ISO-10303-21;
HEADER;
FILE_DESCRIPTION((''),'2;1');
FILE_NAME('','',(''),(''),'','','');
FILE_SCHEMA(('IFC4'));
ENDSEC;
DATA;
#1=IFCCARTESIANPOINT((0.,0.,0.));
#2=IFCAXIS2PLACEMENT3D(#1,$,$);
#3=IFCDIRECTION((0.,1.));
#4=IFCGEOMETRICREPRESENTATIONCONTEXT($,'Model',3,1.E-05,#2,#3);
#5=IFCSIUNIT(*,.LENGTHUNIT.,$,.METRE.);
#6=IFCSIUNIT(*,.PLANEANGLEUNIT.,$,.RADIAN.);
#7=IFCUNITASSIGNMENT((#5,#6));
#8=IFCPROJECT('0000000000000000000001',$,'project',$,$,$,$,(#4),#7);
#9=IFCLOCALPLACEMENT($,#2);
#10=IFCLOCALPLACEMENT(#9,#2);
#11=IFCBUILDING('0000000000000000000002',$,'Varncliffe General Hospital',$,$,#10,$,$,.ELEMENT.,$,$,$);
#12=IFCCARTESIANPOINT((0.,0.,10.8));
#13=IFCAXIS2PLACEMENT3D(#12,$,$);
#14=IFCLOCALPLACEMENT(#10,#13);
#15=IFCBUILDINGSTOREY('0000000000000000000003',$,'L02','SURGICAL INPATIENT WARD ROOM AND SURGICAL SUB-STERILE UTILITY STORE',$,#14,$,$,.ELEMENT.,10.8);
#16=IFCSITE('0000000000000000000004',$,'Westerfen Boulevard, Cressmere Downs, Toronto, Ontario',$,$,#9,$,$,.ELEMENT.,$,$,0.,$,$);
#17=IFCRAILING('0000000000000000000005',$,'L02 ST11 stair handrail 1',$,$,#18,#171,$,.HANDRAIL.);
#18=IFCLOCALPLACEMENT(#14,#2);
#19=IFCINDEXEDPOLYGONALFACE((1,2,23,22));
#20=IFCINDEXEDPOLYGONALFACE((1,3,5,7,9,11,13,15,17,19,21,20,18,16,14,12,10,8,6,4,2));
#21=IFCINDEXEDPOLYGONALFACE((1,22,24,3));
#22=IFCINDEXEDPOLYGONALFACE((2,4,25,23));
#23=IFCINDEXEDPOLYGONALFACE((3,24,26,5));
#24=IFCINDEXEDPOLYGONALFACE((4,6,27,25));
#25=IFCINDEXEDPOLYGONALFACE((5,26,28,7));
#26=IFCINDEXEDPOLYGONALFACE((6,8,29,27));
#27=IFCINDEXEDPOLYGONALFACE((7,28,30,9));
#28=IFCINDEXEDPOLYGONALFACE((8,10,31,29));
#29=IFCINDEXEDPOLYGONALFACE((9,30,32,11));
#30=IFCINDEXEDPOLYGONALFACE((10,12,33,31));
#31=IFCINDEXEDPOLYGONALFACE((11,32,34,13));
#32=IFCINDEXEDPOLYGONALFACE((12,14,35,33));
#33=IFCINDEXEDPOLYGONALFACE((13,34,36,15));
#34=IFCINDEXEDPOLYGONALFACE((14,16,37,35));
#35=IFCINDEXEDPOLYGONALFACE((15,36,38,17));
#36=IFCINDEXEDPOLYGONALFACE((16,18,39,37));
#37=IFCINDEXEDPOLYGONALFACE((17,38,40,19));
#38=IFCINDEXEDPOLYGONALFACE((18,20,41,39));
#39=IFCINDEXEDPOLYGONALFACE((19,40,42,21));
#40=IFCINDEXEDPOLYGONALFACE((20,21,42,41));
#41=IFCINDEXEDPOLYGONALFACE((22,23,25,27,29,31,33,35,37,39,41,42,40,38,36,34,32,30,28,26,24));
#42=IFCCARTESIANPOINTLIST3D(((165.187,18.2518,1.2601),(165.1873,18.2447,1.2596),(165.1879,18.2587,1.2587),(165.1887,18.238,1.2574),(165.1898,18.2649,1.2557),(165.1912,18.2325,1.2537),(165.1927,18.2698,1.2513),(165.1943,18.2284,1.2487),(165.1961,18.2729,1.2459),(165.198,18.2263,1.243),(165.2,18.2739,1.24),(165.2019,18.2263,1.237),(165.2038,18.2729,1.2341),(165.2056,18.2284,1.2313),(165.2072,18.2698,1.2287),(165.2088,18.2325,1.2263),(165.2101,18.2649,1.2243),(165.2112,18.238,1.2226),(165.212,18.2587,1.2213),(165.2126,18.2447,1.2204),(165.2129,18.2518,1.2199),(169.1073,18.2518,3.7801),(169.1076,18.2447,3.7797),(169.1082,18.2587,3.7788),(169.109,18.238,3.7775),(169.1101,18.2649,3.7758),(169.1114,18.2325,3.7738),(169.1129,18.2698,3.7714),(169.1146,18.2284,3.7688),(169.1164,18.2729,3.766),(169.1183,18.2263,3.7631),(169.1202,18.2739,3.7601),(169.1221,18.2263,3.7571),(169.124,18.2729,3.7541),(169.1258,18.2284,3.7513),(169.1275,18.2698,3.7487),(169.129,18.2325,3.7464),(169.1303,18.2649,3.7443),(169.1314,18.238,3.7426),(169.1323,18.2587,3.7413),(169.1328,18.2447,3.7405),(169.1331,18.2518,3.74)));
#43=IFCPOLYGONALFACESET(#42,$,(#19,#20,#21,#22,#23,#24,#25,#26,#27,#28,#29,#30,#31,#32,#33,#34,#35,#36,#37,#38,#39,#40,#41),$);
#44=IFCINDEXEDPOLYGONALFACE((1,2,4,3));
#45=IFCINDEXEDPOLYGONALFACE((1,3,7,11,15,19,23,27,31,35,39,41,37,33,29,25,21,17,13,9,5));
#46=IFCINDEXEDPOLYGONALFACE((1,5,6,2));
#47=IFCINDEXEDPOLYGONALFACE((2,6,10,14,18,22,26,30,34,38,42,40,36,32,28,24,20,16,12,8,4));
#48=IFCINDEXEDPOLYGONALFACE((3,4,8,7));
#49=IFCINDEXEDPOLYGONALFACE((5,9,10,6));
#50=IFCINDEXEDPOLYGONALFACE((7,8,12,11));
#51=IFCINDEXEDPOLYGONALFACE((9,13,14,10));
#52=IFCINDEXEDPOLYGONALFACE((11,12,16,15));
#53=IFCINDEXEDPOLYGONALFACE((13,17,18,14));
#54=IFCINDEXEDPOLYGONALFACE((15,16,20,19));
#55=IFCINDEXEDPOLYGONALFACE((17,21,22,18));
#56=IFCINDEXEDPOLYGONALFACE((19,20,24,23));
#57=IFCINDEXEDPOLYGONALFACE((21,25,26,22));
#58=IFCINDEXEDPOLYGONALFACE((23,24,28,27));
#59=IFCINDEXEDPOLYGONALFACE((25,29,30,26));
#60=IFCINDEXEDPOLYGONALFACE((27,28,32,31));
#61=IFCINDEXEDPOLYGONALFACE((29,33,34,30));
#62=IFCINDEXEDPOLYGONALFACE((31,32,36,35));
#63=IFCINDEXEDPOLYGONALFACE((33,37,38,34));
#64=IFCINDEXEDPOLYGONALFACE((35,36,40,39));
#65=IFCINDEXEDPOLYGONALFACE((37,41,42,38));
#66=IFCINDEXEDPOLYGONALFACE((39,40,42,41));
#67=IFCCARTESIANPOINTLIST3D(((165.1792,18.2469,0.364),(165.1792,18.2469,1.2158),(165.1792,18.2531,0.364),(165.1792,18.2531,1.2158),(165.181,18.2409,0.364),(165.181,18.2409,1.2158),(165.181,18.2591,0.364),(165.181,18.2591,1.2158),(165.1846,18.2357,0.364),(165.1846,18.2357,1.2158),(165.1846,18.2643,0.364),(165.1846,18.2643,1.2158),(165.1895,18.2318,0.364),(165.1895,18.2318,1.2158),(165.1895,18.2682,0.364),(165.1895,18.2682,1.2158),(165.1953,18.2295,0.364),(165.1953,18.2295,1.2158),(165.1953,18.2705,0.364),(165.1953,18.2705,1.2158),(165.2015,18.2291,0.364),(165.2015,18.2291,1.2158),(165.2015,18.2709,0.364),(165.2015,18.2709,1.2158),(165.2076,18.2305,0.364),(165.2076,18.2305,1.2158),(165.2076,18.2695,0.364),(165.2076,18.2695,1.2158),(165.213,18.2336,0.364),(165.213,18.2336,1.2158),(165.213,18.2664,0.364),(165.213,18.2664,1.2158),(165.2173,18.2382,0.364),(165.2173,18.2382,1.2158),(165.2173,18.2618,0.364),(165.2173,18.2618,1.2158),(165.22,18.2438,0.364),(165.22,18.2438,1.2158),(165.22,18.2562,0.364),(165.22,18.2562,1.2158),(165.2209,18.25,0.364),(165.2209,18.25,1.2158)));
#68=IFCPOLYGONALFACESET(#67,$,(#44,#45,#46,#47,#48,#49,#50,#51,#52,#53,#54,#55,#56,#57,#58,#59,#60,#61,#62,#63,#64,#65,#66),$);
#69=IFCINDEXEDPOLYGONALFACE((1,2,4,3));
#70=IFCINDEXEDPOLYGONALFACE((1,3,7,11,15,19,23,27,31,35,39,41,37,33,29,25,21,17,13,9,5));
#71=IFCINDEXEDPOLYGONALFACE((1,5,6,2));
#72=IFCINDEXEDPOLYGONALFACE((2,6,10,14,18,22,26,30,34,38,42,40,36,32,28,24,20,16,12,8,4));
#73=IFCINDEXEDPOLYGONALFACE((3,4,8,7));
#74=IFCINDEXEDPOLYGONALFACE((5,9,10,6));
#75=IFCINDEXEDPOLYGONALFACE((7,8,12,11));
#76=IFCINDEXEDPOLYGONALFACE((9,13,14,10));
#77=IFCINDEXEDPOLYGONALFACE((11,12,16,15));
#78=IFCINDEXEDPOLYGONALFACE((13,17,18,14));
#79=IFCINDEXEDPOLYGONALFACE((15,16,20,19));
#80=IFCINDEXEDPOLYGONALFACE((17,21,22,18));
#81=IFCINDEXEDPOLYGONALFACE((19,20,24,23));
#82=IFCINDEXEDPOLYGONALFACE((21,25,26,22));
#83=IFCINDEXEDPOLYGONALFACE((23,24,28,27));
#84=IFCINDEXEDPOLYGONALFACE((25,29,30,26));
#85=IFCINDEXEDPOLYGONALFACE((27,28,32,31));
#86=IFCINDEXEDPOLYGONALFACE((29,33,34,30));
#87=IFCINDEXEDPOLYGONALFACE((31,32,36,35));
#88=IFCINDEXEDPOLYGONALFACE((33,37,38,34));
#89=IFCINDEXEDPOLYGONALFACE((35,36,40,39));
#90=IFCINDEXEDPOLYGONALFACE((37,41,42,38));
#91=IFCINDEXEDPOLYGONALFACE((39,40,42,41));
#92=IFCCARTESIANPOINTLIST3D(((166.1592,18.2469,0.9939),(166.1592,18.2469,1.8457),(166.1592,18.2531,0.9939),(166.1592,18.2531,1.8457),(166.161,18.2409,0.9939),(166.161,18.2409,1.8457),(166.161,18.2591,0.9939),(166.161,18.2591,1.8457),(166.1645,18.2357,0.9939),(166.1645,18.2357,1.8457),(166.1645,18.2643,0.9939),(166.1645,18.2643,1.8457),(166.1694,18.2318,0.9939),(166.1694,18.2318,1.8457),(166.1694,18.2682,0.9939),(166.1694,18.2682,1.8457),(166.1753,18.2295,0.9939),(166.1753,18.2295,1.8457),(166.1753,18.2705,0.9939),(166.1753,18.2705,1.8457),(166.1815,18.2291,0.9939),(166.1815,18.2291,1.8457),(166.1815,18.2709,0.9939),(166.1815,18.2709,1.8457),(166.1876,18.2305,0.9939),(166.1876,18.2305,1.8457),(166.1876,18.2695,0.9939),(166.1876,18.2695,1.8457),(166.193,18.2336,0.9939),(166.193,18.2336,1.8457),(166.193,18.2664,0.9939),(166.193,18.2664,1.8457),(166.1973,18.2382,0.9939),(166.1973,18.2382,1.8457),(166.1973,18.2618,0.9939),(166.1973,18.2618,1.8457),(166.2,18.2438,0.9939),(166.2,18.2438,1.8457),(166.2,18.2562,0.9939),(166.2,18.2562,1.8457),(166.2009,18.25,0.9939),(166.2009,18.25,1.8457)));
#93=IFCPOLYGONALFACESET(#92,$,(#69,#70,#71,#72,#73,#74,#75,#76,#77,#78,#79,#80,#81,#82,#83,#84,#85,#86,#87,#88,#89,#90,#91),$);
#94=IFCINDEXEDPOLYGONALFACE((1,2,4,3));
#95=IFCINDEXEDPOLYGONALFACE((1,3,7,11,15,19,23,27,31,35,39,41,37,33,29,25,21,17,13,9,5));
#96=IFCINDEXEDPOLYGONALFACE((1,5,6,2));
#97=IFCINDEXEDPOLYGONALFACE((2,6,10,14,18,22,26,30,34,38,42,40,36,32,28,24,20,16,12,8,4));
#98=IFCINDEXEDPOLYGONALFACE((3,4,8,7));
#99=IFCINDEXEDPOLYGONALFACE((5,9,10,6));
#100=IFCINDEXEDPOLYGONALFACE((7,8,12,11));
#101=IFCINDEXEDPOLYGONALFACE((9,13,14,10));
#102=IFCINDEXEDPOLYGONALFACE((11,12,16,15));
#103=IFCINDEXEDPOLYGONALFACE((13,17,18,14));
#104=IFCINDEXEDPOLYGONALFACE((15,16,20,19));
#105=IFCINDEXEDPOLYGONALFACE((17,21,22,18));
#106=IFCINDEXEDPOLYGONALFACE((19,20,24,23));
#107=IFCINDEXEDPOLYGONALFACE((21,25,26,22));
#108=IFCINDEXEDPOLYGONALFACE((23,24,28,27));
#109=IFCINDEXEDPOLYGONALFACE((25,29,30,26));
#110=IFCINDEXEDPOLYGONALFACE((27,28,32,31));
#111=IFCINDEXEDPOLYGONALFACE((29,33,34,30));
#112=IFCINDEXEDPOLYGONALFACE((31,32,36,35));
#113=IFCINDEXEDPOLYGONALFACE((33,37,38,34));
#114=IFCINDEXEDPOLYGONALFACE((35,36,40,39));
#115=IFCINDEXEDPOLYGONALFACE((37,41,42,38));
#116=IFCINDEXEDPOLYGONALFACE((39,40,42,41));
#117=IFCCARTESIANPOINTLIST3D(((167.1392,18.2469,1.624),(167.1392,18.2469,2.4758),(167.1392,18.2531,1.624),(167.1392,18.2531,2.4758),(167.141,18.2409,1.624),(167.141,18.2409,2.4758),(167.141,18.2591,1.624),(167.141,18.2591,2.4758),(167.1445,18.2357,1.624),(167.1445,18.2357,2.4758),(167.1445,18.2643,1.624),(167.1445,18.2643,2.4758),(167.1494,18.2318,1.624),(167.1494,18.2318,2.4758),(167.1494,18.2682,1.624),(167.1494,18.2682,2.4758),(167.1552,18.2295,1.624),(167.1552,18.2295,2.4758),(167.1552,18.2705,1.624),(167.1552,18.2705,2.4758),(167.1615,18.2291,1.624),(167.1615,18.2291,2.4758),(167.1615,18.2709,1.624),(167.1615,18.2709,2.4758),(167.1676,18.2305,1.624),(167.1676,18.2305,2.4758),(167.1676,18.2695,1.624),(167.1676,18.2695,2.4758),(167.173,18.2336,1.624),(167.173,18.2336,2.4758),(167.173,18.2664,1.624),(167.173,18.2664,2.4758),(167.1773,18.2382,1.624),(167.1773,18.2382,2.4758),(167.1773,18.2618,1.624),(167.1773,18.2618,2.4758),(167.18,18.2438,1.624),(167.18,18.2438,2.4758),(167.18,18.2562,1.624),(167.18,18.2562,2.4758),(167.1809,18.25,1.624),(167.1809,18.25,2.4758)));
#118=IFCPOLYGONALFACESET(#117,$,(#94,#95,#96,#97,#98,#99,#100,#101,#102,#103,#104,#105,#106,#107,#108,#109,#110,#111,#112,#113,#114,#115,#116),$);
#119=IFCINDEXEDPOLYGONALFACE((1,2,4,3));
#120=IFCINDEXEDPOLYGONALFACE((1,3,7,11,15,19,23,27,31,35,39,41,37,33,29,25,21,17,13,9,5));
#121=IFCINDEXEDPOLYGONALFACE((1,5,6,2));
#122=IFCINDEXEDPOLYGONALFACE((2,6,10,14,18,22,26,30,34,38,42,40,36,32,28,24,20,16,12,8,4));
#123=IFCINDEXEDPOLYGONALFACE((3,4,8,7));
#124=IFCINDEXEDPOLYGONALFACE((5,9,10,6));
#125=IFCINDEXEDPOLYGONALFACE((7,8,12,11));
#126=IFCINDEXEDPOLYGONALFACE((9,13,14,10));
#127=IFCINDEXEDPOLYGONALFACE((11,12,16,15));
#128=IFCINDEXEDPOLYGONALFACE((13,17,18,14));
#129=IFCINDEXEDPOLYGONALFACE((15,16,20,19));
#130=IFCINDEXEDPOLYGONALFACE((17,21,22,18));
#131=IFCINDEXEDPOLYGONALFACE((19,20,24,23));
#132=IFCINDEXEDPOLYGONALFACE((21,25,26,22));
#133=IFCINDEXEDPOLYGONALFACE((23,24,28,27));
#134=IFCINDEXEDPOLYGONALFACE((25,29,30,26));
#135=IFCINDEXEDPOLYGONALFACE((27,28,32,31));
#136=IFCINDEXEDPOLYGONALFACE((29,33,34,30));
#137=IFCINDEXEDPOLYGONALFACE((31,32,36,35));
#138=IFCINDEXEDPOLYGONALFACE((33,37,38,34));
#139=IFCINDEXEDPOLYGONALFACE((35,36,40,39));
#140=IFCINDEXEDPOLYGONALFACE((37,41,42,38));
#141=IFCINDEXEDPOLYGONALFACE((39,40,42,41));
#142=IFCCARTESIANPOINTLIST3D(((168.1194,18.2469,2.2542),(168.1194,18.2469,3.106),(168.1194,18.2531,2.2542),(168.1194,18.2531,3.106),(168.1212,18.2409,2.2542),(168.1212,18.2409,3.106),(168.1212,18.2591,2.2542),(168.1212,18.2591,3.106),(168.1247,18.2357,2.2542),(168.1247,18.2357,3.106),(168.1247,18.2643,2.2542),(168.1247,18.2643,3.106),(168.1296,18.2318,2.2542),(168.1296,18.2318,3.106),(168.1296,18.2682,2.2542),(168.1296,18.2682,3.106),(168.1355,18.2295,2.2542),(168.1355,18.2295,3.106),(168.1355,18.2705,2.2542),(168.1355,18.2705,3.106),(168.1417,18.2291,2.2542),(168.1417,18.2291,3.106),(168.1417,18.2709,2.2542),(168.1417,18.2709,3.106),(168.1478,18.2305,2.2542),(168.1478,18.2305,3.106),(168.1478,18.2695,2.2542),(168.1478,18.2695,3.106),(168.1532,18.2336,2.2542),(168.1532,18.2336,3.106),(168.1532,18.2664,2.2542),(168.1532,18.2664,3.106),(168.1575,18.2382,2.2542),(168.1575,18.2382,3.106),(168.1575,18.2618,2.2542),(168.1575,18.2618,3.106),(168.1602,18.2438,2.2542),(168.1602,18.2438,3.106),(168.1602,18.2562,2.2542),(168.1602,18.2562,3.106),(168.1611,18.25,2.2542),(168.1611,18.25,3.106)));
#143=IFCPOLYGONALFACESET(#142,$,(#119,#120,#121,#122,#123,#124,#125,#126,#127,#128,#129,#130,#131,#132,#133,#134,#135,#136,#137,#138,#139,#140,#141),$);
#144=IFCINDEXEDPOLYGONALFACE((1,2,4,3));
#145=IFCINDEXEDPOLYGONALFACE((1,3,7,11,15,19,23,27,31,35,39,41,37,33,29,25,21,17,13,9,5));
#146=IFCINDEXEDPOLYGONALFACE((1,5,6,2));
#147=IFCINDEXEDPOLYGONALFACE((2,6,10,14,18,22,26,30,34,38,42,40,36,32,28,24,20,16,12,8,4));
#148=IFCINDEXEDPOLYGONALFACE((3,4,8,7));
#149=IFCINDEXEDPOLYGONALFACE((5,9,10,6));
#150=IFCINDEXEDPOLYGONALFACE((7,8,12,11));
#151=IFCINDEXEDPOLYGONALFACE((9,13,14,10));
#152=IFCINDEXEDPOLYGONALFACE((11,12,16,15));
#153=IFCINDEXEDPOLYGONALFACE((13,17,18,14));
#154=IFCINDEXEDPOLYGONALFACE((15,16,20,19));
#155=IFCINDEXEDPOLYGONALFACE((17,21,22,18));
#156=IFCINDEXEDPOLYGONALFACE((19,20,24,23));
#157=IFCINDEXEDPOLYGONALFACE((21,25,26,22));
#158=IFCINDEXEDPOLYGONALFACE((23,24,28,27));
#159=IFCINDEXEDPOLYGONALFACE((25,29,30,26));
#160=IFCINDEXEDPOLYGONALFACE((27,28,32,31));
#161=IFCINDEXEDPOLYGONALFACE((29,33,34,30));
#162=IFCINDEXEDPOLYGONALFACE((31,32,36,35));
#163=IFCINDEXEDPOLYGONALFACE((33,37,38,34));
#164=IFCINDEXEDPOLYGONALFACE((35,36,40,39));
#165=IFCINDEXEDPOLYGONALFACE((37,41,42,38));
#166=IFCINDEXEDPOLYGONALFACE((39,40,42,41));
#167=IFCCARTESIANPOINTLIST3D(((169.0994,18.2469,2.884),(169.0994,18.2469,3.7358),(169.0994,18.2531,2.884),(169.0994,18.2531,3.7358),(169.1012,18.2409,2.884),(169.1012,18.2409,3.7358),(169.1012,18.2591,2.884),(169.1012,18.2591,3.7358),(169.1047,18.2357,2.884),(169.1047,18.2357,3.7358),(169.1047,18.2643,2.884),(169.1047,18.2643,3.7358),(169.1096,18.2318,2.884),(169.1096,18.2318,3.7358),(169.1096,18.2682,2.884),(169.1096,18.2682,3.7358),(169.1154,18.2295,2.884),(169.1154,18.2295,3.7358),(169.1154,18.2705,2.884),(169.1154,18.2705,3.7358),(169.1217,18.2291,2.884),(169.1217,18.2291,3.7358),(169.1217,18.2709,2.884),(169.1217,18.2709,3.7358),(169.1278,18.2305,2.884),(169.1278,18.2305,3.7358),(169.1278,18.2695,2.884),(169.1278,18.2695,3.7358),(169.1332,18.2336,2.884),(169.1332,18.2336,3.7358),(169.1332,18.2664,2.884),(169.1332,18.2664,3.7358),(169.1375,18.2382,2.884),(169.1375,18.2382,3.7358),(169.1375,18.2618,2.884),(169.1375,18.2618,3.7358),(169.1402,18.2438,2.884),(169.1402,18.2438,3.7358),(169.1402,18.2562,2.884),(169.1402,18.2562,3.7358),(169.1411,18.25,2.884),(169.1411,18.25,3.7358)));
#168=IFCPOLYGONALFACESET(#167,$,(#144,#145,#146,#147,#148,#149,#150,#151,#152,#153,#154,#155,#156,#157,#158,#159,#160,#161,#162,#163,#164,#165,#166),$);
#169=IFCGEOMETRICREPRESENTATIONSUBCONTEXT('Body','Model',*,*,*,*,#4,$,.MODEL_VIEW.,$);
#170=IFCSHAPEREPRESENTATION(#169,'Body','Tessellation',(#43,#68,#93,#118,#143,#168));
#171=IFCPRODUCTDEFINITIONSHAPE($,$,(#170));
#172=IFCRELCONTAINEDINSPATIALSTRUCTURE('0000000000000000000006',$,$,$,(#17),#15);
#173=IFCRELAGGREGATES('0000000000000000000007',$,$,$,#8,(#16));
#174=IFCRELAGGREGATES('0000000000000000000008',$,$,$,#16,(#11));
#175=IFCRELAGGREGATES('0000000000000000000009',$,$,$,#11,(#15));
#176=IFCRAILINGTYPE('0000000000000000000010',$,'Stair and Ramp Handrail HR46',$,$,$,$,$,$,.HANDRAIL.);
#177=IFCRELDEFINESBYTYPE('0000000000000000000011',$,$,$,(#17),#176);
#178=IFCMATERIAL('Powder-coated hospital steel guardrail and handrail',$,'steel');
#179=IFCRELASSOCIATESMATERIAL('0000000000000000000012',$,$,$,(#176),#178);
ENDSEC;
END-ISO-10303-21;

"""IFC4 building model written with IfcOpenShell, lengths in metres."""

from ifc_helpers import new_model, si_unit, direction, frame, origin, origin_2d, place, context, subcontext, project, spatial, circle, extrude, material, type_object, element, save


model = new_model("IFC4")

# Units and contexts
model_context = context("Model", 3, precision=1e-05, world=origin(), true_north=direction((0.0, 1.0)))
body_context = subcontext(model_context, "Body", "Model", "MODEL_VIEW")
ifc_project = project(units=[si_unit("LENGTHUNIT", "METRE"), si_unit("PLANEANGLEUNIT", "RADIAN")], contexts=[model_context])

# Site, building, storey
site_placement = place(None, origin())
site = spatial("IfcSite", under=ifc_project, at=site_placement, Name="Westerfen Boulevard, Cressmere Downs, Toronto, Ontario", CompositionType="ELEMENT", RefElevation=0.0)
building_placement = place(site_placement, origin())
building = spatial("IfcBuilding", under=site, at=building_placement, Name="Varncliffe General Hospital", CompositionType="ELEMENT")
storey_placement = place(building_placement, frame((0.0, 0.0, 10.8)))
storey = spatial("IfcBuildingStorey", under=building, at=storey_placement, Name="L02", Description="SURGICAL INPATIENT WARD ROOM AND SURGICAL SUB-STERILE UTILITY STORE", CompositionType="ELEMENT", Elevation=10.8)

# Railing
ifc_material_1 = material(Name="Powder-coated hospital steel guardrail and handrail", Category="steel")
railing_type_1 = type_object("IfcRailingType", Name="Stair and Ramp Handrail HR46", PredefinedType="HANDRAIL", material=ifc_material_1)
railing_1_placement = place(storey_placement, frame((165.2, 18.25, 0.364)))
element("IfcRailing", 1, at=railing_1_placement, inside=storey, type_object=railing_type_1, Name="L02 ST11 stair handrail 1", PredefinedType="HANDRAIL", context=body_context, shape_type="SweptSolid", body=[
    extrude(circle(Radius=0.0239, at=origin_2d()), frame((0.0, 0.0, 0.876), z_axis=(0.841187, 0.0, 0.540744), x_axis=(0.0, 1.0, 0.0)), (0.0, 0.0, 1.0), 4.6604),
    extrude(circle(Radius=0.021, at=origin_2d()), origin(), (0.0, 0.0, 1.0), 0.8518),
    extrude(circle(Radius=0.021, at=origin_2d()), frame((0.98, 0.0, 0.6299)), (0.0, 0.0, 1.0), 0.8518),
    extrude(circle(Radius=0.021, at=origin_2d()), frame((1.96, 0.0, 1.26)), (0.0, 0.0, 1.0), 0.8518),
    extrude(circle(Radius=0.021, at=origin_2d()), frame((2.9402, 0.0, 1.8901)), (0.0, 0.0, 1.0), 0.8518),
    extrude(circle(Radius=0.021, at=origin_2d()), frame((3.9202, 0.0, 2.52)), (0.0, 0.0, 1.0), 0.8518),
])

save(model, "model.ifc")
